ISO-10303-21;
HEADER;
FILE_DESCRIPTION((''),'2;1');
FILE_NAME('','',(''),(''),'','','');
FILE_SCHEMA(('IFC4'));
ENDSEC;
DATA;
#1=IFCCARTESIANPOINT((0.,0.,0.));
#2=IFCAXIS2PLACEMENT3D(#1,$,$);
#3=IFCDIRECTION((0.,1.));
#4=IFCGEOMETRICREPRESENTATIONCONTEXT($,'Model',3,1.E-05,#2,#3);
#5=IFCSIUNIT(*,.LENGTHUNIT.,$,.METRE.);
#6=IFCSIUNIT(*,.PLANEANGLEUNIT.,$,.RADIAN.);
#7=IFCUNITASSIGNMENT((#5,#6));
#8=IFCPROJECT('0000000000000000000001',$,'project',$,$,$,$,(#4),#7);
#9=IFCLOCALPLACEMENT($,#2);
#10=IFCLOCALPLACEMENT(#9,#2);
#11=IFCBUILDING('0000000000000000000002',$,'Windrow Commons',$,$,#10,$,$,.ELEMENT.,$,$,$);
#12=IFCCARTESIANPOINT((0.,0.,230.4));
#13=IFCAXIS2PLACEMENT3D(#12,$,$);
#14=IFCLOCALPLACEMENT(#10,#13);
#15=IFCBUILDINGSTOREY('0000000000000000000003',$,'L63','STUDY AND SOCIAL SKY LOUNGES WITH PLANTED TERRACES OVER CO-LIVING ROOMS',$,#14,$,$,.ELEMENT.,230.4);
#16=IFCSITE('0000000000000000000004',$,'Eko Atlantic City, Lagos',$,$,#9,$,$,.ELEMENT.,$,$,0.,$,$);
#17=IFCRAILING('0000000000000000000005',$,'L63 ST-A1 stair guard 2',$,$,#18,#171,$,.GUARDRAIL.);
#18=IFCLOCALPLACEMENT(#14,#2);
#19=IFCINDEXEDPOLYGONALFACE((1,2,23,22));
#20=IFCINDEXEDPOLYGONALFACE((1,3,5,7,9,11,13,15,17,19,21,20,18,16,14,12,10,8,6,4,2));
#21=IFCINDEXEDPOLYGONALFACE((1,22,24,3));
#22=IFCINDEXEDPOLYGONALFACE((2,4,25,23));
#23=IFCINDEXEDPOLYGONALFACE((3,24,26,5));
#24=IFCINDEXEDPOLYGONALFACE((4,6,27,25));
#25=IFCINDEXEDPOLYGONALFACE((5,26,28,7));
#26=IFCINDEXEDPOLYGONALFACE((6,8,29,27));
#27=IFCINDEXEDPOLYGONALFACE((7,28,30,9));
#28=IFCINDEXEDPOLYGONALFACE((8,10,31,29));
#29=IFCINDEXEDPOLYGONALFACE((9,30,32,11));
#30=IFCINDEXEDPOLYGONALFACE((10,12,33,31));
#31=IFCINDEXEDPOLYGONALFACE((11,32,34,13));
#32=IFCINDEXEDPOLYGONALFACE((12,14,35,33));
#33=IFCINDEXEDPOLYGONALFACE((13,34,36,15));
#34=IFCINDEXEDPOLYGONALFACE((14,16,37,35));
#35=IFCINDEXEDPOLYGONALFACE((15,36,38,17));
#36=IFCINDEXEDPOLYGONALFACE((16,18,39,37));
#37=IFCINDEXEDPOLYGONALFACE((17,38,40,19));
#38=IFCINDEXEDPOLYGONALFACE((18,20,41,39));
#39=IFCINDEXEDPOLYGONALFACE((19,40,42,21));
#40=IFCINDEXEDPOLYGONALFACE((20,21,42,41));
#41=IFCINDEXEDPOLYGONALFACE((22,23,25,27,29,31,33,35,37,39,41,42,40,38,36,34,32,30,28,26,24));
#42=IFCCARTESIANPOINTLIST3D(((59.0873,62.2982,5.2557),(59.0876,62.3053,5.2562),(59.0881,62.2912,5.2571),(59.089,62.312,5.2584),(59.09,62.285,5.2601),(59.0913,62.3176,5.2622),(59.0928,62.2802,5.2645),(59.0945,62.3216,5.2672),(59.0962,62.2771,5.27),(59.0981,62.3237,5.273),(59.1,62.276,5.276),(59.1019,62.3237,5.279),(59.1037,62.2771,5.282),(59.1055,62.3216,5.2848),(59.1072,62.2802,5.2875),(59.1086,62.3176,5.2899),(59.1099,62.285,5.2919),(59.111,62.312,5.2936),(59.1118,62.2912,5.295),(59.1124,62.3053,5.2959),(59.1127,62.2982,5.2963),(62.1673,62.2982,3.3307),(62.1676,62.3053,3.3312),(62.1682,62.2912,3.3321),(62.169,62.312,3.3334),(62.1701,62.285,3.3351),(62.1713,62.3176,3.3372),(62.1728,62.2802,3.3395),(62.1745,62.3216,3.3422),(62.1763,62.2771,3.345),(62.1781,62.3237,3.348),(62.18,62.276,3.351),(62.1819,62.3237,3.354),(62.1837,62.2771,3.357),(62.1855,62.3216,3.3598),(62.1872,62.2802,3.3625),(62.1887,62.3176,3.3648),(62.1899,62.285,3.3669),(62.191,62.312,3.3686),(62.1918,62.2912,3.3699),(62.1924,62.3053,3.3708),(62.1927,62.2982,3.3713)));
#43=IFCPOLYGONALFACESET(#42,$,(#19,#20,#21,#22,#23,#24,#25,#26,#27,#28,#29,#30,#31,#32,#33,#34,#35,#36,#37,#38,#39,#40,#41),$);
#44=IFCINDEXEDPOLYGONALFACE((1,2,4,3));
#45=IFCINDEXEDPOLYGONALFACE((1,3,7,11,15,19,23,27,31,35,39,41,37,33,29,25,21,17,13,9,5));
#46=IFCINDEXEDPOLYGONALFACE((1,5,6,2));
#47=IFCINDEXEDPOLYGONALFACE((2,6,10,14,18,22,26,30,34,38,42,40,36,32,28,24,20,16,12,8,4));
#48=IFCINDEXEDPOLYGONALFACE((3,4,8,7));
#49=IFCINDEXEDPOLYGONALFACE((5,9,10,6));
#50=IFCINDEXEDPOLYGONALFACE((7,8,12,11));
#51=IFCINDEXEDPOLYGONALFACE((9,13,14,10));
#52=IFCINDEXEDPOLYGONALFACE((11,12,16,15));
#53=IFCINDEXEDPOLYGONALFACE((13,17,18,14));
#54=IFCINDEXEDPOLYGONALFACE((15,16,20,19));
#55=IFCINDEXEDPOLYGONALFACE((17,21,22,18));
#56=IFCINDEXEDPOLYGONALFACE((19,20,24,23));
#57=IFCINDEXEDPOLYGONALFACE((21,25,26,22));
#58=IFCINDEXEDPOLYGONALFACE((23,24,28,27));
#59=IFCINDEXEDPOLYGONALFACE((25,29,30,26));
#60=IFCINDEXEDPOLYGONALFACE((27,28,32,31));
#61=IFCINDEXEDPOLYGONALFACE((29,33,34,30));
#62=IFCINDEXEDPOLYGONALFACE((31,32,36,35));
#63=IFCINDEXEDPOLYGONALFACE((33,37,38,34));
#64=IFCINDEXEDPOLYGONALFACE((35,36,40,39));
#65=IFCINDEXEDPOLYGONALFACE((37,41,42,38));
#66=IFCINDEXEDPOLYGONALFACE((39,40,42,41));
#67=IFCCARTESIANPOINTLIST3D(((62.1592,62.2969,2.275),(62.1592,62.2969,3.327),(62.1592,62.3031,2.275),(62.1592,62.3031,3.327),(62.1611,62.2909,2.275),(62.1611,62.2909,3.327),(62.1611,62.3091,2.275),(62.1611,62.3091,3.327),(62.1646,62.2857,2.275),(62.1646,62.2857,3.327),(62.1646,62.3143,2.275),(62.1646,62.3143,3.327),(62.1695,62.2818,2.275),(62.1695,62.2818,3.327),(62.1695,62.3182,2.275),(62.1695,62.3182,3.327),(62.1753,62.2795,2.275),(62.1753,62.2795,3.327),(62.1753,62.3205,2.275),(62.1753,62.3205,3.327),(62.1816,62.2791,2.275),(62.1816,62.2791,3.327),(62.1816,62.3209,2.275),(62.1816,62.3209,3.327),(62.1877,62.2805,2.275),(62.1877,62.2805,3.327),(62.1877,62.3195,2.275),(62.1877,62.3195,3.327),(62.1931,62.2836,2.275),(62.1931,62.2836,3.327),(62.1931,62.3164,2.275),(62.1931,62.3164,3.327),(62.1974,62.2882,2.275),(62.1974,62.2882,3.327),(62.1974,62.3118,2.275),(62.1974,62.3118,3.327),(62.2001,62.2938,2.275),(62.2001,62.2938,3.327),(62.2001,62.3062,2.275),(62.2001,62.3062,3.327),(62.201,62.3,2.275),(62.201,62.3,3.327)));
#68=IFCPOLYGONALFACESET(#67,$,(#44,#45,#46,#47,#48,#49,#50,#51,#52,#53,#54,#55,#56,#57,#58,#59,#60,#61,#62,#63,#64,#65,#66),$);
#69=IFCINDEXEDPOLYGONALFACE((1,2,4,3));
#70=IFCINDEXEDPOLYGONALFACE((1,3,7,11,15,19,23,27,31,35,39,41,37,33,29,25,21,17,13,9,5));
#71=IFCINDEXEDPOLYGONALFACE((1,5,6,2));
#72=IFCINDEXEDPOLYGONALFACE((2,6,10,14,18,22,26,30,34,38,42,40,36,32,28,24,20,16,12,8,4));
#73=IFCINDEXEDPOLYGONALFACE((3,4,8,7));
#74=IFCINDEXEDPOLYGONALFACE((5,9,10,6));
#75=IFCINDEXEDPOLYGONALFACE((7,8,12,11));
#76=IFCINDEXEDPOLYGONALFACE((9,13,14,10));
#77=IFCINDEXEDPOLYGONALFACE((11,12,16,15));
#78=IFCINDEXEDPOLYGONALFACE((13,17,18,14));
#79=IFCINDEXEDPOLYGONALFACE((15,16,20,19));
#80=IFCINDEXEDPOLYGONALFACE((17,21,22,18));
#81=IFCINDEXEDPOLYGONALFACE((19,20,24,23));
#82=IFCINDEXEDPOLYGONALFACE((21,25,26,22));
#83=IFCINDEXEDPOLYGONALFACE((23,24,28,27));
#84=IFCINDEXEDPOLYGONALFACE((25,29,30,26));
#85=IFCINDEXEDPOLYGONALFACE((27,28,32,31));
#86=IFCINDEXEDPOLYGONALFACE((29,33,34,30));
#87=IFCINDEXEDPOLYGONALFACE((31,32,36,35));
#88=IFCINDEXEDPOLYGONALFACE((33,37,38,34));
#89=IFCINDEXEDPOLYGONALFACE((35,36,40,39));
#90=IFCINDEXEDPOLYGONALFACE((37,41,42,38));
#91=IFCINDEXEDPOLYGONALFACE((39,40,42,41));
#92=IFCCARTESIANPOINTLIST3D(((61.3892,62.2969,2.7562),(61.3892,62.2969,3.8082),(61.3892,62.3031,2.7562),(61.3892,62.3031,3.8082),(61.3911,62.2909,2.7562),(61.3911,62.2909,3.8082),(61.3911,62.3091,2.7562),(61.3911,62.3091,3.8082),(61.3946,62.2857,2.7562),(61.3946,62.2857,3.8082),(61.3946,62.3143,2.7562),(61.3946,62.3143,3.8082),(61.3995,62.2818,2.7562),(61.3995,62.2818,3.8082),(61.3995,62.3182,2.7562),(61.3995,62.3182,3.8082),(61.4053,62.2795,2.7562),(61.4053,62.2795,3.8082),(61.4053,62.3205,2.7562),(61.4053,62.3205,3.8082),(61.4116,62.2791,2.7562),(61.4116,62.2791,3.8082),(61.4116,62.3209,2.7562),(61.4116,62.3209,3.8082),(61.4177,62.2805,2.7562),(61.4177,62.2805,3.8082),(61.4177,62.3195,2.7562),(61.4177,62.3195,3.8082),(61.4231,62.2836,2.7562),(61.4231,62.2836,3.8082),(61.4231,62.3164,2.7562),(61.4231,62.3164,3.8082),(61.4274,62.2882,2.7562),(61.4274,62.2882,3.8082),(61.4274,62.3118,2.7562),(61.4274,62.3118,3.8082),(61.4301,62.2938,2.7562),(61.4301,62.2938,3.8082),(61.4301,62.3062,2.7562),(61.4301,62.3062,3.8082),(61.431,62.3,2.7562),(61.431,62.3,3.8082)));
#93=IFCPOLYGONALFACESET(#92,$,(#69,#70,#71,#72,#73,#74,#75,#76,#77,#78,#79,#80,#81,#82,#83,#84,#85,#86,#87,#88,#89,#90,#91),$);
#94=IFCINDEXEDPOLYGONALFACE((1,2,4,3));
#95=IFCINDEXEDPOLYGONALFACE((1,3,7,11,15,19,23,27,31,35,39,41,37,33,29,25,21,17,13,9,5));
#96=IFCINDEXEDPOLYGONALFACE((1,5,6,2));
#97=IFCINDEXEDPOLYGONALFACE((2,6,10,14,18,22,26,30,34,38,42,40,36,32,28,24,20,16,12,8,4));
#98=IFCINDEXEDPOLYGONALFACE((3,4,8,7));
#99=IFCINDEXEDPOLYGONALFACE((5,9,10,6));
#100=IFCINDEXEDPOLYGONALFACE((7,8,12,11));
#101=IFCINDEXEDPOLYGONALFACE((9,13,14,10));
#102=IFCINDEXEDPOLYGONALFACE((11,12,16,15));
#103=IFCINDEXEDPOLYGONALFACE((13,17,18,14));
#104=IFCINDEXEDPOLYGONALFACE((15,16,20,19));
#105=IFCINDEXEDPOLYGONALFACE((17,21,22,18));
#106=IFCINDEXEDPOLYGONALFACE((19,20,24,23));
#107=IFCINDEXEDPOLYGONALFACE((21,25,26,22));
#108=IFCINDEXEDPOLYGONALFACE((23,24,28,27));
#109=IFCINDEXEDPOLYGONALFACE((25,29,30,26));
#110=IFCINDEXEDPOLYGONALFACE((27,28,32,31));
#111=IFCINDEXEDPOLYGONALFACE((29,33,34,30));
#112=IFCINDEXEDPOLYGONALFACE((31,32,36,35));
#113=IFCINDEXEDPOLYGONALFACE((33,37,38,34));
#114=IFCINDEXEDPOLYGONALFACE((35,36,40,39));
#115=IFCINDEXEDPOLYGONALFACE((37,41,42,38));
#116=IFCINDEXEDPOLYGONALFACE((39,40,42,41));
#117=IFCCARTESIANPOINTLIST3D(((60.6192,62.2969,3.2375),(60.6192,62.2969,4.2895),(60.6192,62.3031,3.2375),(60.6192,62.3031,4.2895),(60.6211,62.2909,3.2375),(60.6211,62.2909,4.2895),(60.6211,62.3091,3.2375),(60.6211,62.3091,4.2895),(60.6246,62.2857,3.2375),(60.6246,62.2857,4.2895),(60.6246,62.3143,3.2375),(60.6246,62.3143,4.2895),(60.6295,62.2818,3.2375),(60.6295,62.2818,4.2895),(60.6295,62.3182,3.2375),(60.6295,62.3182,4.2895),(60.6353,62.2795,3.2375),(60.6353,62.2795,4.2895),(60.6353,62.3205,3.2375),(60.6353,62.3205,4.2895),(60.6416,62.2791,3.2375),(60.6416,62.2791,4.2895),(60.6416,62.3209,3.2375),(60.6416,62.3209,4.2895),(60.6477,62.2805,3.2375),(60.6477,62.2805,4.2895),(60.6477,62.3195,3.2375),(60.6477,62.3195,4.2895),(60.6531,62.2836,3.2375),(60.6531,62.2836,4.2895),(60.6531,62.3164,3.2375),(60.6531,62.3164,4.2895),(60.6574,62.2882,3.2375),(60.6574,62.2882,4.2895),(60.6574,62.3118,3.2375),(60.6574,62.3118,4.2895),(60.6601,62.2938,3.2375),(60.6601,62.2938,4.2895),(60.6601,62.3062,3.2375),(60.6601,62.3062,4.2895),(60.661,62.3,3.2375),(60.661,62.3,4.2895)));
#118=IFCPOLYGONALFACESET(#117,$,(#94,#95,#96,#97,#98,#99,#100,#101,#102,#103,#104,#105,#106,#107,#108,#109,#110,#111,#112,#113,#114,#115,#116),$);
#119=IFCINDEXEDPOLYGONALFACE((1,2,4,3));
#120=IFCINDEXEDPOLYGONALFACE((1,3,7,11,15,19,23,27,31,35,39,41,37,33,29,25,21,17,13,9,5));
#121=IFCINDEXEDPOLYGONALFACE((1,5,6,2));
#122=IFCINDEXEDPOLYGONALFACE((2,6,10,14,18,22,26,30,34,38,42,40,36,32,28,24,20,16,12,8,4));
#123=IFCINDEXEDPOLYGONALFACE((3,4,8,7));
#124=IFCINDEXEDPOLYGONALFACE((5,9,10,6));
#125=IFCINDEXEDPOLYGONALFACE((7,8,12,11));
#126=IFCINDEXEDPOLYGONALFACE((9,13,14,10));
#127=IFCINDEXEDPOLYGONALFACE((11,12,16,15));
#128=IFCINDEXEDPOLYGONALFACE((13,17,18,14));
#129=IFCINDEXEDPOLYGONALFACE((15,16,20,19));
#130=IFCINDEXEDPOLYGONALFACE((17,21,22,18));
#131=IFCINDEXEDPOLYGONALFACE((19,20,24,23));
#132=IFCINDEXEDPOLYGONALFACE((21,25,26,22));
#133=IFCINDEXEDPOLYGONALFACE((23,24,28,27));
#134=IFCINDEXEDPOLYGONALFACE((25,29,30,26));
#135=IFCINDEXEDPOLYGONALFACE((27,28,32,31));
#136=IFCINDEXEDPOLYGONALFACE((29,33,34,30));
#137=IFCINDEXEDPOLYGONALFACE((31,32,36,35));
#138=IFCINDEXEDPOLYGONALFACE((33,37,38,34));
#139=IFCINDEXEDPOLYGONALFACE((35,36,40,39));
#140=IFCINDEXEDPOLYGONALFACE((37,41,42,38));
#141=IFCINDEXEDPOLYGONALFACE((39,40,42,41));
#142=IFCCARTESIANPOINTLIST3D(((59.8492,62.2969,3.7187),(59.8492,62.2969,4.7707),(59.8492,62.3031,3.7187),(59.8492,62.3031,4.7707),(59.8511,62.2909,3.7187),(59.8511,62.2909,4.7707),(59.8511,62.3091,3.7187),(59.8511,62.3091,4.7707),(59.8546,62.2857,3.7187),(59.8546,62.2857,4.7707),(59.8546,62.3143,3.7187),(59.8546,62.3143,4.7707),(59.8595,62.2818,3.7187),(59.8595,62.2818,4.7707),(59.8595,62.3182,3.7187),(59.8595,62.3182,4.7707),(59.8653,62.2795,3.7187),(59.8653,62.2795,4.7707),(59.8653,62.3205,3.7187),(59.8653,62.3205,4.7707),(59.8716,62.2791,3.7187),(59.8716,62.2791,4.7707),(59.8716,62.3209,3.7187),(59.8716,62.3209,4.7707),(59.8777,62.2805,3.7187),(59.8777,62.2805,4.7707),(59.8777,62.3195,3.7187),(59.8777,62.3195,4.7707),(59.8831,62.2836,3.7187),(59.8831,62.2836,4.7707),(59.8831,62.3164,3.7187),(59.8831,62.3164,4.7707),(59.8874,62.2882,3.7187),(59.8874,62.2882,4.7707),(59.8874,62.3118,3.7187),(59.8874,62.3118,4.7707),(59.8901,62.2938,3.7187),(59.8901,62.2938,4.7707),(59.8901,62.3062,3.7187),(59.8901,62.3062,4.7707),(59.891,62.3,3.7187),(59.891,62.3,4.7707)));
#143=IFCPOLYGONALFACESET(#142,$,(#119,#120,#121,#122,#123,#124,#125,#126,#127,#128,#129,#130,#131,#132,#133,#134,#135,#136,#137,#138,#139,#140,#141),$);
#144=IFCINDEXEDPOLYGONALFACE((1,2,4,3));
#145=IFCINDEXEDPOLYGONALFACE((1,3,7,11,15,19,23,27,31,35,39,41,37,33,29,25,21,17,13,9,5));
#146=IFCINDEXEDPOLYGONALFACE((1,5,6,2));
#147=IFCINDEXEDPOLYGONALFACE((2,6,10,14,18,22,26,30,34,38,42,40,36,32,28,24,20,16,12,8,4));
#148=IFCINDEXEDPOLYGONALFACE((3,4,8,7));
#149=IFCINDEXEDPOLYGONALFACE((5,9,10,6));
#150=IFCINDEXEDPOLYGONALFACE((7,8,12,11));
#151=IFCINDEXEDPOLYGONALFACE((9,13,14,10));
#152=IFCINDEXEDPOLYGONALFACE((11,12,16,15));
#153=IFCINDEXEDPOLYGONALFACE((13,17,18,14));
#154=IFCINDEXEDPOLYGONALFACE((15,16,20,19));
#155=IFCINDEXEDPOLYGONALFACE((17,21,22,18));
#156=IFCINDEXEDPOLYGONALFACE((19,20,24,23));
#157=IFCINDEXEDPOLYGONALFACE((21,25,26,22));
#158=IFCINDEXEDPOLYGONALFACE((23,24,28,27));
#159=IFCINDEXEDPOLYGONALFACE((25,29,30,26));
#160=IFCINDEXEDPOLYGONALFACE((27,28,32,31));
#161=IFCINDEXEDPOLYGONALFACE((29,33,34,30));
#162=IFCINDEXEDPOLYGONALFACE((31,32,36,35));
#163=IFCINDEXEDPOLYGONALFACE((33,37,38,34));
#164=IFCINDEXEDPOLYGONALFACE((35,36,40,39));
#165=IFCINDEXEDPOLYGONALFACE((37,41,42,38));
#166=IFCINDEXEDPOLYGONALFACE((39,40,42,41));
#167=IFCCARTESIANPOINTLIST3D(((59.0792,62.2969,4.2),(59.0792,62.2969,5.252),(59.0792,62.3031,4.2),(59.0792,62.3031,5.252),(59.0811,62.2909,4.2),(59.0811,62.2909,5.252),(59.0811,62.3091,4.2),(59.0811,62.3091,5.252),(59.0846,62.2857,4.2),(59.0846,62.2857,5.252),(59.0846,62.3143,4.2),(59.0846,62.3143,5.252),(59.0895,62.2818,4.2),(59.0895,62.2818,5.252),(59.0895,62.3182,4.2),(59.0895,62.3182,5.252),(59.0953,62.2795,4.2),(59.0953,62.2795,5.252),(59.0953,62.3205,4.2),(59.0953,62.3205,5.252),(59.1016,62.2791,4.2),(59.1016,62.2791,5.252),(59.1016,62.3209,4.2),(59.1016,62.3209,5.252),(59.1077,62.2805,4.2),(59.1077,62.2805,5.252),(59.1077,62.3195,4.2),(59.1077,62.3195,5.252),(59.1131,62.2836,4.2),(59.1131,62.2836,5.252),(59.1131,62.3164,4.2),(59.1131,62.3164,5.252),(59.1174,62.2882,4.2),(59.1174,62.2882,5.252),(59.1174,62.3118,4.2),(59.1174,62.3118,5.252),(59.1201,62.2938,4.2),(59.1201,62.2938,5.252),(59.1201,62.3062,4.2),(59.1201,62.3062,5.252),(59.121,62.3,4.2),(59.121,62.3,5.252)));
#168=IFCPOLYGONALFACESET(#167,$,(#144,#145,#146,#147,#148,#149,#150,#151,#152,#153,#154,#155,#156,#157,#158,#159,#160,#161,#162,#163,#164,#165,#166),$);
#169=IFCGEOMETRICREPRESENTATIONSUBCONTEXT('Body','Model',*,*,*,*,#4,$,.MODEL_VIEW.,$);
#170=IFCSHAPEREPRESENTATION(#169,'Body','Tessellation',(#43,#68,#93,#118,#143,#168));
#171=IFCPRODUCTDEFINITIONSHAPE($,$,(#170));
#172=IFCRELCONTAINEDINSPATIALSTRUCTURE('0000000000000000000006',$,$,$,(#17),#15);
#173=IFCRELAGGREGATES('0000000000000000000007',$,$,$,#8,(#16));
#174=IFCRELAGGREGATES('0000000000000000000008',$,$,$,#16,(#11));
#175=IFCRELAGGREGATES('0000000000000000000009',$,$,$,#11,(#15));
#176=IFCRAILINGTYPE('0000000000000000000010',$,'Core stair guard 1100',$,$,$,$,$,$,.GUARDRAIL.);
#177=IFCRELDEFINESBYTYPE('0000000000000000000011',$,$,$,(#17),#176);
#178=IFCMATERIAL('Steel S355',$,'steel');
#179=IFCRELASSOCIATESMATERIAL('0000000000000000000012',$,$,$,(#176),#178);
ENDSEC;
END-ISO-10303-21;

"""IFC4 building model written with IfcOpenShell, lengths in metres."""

from ifc_helpers import new_model, si_unit, direction, frame, origin, origin_2d, place, context, subcontext, project, spatial, circle, extrude, material, type_object, element, save


model = new_model("IFC4")

# Units and contexts
model_context = context("Model", 3, precision=1e-05, world=origin(), true_north=direction((0.0, 1.0)))
body_context = subcontext(model_context, "Body", "Model", "MODEL_VIEW")
ifc_project = project(units=[si_unit("LENGTHUNIT", "METRE"), si_unit("PLANEANGLEUNIT", "RADIAN")], contexts=[model_context])

# Site, building, storey
site_placement = place(None, origin())
site = spatial("IfcSite", under=ifc_project, at=site_placement, Name="Eko Atlantic City, Lagos", CompositionType="ELEMENT", RefElevation=0.0)
building_placement = place(site_placement, origin())
building = spatial("IfcBuilding", under=site, at=building_placement, Name="Windrow Commons", CompositionType="ELEMENT")
storey_placement = place(building_placement, frame((0.0, 0.0, 230.4)))
storey = spatial("IfcBuildingStorey", under=building, at=storey_placement, Name="L63", Description="STUDY AND SOCIAL SKY LOUNGES WITH PLANTED TERRACES OVER CO-LIVING ROOMS", CompositionType="ELEMENT", Elevation=230.4)

# Railing
ifc_material_1 = material(Name="Steel S355", Category="steel")
railing_type_1 = type_object("IfcRailingType", Name="Core stair guard 1100", PredefinedType="GUARDRAIL", material=ifc_material_1)
railing_1_placement = place(storey_placement, frame((62.18, 62.3, 2.275)))
element("IfcRailing", 1, at=railing_1_placement, inside=storey, type_object=railing_type_1, Name="L63 ST-A1 stair guard 2", PredefinedType="GUARDRAIL", context=body_context, shape_type="SweptSolid", body=[
    extrude(circle(Radius=0.024, at=origin_2d()), frame((0.0, 0.0, 1.076), z_axis=(-0.847998, 0.0, 0.529999), x_axis=(0.0, -1.0, 0.0)), (0.0, 0.0, 1.0), 3.6321),
    extrude(circle(Radius=0.021, at=origin_2d()), origin(), (0.0, 0.0, 1.0), 1.052),
    extrude(circle(Radius=0.021, at=origin_2d()), frame((-0.77, 0.0, 0.4812)), (0.0, 0.0, 1.0), 1.052),
    extrude(circle(Radius=0.021, at=origin_2d()), frame((-1.54, 0.0, 0.9625)), (0.0, 0.0, 1.0), 1.052),
    extrude(circle(Radius=0.021, at=origin_2d()), frame((-2.31, 0.0, 1.4437)), (0.0, 0.0, 1.0), 1.052),
    extrude(circle(Radius=0.021, at=origin_2d()), frame((-3.08, 0.0, 1.925)), (0.0, 0.0, 1.0), 1.052),
])

save(model, "model.ifc")
